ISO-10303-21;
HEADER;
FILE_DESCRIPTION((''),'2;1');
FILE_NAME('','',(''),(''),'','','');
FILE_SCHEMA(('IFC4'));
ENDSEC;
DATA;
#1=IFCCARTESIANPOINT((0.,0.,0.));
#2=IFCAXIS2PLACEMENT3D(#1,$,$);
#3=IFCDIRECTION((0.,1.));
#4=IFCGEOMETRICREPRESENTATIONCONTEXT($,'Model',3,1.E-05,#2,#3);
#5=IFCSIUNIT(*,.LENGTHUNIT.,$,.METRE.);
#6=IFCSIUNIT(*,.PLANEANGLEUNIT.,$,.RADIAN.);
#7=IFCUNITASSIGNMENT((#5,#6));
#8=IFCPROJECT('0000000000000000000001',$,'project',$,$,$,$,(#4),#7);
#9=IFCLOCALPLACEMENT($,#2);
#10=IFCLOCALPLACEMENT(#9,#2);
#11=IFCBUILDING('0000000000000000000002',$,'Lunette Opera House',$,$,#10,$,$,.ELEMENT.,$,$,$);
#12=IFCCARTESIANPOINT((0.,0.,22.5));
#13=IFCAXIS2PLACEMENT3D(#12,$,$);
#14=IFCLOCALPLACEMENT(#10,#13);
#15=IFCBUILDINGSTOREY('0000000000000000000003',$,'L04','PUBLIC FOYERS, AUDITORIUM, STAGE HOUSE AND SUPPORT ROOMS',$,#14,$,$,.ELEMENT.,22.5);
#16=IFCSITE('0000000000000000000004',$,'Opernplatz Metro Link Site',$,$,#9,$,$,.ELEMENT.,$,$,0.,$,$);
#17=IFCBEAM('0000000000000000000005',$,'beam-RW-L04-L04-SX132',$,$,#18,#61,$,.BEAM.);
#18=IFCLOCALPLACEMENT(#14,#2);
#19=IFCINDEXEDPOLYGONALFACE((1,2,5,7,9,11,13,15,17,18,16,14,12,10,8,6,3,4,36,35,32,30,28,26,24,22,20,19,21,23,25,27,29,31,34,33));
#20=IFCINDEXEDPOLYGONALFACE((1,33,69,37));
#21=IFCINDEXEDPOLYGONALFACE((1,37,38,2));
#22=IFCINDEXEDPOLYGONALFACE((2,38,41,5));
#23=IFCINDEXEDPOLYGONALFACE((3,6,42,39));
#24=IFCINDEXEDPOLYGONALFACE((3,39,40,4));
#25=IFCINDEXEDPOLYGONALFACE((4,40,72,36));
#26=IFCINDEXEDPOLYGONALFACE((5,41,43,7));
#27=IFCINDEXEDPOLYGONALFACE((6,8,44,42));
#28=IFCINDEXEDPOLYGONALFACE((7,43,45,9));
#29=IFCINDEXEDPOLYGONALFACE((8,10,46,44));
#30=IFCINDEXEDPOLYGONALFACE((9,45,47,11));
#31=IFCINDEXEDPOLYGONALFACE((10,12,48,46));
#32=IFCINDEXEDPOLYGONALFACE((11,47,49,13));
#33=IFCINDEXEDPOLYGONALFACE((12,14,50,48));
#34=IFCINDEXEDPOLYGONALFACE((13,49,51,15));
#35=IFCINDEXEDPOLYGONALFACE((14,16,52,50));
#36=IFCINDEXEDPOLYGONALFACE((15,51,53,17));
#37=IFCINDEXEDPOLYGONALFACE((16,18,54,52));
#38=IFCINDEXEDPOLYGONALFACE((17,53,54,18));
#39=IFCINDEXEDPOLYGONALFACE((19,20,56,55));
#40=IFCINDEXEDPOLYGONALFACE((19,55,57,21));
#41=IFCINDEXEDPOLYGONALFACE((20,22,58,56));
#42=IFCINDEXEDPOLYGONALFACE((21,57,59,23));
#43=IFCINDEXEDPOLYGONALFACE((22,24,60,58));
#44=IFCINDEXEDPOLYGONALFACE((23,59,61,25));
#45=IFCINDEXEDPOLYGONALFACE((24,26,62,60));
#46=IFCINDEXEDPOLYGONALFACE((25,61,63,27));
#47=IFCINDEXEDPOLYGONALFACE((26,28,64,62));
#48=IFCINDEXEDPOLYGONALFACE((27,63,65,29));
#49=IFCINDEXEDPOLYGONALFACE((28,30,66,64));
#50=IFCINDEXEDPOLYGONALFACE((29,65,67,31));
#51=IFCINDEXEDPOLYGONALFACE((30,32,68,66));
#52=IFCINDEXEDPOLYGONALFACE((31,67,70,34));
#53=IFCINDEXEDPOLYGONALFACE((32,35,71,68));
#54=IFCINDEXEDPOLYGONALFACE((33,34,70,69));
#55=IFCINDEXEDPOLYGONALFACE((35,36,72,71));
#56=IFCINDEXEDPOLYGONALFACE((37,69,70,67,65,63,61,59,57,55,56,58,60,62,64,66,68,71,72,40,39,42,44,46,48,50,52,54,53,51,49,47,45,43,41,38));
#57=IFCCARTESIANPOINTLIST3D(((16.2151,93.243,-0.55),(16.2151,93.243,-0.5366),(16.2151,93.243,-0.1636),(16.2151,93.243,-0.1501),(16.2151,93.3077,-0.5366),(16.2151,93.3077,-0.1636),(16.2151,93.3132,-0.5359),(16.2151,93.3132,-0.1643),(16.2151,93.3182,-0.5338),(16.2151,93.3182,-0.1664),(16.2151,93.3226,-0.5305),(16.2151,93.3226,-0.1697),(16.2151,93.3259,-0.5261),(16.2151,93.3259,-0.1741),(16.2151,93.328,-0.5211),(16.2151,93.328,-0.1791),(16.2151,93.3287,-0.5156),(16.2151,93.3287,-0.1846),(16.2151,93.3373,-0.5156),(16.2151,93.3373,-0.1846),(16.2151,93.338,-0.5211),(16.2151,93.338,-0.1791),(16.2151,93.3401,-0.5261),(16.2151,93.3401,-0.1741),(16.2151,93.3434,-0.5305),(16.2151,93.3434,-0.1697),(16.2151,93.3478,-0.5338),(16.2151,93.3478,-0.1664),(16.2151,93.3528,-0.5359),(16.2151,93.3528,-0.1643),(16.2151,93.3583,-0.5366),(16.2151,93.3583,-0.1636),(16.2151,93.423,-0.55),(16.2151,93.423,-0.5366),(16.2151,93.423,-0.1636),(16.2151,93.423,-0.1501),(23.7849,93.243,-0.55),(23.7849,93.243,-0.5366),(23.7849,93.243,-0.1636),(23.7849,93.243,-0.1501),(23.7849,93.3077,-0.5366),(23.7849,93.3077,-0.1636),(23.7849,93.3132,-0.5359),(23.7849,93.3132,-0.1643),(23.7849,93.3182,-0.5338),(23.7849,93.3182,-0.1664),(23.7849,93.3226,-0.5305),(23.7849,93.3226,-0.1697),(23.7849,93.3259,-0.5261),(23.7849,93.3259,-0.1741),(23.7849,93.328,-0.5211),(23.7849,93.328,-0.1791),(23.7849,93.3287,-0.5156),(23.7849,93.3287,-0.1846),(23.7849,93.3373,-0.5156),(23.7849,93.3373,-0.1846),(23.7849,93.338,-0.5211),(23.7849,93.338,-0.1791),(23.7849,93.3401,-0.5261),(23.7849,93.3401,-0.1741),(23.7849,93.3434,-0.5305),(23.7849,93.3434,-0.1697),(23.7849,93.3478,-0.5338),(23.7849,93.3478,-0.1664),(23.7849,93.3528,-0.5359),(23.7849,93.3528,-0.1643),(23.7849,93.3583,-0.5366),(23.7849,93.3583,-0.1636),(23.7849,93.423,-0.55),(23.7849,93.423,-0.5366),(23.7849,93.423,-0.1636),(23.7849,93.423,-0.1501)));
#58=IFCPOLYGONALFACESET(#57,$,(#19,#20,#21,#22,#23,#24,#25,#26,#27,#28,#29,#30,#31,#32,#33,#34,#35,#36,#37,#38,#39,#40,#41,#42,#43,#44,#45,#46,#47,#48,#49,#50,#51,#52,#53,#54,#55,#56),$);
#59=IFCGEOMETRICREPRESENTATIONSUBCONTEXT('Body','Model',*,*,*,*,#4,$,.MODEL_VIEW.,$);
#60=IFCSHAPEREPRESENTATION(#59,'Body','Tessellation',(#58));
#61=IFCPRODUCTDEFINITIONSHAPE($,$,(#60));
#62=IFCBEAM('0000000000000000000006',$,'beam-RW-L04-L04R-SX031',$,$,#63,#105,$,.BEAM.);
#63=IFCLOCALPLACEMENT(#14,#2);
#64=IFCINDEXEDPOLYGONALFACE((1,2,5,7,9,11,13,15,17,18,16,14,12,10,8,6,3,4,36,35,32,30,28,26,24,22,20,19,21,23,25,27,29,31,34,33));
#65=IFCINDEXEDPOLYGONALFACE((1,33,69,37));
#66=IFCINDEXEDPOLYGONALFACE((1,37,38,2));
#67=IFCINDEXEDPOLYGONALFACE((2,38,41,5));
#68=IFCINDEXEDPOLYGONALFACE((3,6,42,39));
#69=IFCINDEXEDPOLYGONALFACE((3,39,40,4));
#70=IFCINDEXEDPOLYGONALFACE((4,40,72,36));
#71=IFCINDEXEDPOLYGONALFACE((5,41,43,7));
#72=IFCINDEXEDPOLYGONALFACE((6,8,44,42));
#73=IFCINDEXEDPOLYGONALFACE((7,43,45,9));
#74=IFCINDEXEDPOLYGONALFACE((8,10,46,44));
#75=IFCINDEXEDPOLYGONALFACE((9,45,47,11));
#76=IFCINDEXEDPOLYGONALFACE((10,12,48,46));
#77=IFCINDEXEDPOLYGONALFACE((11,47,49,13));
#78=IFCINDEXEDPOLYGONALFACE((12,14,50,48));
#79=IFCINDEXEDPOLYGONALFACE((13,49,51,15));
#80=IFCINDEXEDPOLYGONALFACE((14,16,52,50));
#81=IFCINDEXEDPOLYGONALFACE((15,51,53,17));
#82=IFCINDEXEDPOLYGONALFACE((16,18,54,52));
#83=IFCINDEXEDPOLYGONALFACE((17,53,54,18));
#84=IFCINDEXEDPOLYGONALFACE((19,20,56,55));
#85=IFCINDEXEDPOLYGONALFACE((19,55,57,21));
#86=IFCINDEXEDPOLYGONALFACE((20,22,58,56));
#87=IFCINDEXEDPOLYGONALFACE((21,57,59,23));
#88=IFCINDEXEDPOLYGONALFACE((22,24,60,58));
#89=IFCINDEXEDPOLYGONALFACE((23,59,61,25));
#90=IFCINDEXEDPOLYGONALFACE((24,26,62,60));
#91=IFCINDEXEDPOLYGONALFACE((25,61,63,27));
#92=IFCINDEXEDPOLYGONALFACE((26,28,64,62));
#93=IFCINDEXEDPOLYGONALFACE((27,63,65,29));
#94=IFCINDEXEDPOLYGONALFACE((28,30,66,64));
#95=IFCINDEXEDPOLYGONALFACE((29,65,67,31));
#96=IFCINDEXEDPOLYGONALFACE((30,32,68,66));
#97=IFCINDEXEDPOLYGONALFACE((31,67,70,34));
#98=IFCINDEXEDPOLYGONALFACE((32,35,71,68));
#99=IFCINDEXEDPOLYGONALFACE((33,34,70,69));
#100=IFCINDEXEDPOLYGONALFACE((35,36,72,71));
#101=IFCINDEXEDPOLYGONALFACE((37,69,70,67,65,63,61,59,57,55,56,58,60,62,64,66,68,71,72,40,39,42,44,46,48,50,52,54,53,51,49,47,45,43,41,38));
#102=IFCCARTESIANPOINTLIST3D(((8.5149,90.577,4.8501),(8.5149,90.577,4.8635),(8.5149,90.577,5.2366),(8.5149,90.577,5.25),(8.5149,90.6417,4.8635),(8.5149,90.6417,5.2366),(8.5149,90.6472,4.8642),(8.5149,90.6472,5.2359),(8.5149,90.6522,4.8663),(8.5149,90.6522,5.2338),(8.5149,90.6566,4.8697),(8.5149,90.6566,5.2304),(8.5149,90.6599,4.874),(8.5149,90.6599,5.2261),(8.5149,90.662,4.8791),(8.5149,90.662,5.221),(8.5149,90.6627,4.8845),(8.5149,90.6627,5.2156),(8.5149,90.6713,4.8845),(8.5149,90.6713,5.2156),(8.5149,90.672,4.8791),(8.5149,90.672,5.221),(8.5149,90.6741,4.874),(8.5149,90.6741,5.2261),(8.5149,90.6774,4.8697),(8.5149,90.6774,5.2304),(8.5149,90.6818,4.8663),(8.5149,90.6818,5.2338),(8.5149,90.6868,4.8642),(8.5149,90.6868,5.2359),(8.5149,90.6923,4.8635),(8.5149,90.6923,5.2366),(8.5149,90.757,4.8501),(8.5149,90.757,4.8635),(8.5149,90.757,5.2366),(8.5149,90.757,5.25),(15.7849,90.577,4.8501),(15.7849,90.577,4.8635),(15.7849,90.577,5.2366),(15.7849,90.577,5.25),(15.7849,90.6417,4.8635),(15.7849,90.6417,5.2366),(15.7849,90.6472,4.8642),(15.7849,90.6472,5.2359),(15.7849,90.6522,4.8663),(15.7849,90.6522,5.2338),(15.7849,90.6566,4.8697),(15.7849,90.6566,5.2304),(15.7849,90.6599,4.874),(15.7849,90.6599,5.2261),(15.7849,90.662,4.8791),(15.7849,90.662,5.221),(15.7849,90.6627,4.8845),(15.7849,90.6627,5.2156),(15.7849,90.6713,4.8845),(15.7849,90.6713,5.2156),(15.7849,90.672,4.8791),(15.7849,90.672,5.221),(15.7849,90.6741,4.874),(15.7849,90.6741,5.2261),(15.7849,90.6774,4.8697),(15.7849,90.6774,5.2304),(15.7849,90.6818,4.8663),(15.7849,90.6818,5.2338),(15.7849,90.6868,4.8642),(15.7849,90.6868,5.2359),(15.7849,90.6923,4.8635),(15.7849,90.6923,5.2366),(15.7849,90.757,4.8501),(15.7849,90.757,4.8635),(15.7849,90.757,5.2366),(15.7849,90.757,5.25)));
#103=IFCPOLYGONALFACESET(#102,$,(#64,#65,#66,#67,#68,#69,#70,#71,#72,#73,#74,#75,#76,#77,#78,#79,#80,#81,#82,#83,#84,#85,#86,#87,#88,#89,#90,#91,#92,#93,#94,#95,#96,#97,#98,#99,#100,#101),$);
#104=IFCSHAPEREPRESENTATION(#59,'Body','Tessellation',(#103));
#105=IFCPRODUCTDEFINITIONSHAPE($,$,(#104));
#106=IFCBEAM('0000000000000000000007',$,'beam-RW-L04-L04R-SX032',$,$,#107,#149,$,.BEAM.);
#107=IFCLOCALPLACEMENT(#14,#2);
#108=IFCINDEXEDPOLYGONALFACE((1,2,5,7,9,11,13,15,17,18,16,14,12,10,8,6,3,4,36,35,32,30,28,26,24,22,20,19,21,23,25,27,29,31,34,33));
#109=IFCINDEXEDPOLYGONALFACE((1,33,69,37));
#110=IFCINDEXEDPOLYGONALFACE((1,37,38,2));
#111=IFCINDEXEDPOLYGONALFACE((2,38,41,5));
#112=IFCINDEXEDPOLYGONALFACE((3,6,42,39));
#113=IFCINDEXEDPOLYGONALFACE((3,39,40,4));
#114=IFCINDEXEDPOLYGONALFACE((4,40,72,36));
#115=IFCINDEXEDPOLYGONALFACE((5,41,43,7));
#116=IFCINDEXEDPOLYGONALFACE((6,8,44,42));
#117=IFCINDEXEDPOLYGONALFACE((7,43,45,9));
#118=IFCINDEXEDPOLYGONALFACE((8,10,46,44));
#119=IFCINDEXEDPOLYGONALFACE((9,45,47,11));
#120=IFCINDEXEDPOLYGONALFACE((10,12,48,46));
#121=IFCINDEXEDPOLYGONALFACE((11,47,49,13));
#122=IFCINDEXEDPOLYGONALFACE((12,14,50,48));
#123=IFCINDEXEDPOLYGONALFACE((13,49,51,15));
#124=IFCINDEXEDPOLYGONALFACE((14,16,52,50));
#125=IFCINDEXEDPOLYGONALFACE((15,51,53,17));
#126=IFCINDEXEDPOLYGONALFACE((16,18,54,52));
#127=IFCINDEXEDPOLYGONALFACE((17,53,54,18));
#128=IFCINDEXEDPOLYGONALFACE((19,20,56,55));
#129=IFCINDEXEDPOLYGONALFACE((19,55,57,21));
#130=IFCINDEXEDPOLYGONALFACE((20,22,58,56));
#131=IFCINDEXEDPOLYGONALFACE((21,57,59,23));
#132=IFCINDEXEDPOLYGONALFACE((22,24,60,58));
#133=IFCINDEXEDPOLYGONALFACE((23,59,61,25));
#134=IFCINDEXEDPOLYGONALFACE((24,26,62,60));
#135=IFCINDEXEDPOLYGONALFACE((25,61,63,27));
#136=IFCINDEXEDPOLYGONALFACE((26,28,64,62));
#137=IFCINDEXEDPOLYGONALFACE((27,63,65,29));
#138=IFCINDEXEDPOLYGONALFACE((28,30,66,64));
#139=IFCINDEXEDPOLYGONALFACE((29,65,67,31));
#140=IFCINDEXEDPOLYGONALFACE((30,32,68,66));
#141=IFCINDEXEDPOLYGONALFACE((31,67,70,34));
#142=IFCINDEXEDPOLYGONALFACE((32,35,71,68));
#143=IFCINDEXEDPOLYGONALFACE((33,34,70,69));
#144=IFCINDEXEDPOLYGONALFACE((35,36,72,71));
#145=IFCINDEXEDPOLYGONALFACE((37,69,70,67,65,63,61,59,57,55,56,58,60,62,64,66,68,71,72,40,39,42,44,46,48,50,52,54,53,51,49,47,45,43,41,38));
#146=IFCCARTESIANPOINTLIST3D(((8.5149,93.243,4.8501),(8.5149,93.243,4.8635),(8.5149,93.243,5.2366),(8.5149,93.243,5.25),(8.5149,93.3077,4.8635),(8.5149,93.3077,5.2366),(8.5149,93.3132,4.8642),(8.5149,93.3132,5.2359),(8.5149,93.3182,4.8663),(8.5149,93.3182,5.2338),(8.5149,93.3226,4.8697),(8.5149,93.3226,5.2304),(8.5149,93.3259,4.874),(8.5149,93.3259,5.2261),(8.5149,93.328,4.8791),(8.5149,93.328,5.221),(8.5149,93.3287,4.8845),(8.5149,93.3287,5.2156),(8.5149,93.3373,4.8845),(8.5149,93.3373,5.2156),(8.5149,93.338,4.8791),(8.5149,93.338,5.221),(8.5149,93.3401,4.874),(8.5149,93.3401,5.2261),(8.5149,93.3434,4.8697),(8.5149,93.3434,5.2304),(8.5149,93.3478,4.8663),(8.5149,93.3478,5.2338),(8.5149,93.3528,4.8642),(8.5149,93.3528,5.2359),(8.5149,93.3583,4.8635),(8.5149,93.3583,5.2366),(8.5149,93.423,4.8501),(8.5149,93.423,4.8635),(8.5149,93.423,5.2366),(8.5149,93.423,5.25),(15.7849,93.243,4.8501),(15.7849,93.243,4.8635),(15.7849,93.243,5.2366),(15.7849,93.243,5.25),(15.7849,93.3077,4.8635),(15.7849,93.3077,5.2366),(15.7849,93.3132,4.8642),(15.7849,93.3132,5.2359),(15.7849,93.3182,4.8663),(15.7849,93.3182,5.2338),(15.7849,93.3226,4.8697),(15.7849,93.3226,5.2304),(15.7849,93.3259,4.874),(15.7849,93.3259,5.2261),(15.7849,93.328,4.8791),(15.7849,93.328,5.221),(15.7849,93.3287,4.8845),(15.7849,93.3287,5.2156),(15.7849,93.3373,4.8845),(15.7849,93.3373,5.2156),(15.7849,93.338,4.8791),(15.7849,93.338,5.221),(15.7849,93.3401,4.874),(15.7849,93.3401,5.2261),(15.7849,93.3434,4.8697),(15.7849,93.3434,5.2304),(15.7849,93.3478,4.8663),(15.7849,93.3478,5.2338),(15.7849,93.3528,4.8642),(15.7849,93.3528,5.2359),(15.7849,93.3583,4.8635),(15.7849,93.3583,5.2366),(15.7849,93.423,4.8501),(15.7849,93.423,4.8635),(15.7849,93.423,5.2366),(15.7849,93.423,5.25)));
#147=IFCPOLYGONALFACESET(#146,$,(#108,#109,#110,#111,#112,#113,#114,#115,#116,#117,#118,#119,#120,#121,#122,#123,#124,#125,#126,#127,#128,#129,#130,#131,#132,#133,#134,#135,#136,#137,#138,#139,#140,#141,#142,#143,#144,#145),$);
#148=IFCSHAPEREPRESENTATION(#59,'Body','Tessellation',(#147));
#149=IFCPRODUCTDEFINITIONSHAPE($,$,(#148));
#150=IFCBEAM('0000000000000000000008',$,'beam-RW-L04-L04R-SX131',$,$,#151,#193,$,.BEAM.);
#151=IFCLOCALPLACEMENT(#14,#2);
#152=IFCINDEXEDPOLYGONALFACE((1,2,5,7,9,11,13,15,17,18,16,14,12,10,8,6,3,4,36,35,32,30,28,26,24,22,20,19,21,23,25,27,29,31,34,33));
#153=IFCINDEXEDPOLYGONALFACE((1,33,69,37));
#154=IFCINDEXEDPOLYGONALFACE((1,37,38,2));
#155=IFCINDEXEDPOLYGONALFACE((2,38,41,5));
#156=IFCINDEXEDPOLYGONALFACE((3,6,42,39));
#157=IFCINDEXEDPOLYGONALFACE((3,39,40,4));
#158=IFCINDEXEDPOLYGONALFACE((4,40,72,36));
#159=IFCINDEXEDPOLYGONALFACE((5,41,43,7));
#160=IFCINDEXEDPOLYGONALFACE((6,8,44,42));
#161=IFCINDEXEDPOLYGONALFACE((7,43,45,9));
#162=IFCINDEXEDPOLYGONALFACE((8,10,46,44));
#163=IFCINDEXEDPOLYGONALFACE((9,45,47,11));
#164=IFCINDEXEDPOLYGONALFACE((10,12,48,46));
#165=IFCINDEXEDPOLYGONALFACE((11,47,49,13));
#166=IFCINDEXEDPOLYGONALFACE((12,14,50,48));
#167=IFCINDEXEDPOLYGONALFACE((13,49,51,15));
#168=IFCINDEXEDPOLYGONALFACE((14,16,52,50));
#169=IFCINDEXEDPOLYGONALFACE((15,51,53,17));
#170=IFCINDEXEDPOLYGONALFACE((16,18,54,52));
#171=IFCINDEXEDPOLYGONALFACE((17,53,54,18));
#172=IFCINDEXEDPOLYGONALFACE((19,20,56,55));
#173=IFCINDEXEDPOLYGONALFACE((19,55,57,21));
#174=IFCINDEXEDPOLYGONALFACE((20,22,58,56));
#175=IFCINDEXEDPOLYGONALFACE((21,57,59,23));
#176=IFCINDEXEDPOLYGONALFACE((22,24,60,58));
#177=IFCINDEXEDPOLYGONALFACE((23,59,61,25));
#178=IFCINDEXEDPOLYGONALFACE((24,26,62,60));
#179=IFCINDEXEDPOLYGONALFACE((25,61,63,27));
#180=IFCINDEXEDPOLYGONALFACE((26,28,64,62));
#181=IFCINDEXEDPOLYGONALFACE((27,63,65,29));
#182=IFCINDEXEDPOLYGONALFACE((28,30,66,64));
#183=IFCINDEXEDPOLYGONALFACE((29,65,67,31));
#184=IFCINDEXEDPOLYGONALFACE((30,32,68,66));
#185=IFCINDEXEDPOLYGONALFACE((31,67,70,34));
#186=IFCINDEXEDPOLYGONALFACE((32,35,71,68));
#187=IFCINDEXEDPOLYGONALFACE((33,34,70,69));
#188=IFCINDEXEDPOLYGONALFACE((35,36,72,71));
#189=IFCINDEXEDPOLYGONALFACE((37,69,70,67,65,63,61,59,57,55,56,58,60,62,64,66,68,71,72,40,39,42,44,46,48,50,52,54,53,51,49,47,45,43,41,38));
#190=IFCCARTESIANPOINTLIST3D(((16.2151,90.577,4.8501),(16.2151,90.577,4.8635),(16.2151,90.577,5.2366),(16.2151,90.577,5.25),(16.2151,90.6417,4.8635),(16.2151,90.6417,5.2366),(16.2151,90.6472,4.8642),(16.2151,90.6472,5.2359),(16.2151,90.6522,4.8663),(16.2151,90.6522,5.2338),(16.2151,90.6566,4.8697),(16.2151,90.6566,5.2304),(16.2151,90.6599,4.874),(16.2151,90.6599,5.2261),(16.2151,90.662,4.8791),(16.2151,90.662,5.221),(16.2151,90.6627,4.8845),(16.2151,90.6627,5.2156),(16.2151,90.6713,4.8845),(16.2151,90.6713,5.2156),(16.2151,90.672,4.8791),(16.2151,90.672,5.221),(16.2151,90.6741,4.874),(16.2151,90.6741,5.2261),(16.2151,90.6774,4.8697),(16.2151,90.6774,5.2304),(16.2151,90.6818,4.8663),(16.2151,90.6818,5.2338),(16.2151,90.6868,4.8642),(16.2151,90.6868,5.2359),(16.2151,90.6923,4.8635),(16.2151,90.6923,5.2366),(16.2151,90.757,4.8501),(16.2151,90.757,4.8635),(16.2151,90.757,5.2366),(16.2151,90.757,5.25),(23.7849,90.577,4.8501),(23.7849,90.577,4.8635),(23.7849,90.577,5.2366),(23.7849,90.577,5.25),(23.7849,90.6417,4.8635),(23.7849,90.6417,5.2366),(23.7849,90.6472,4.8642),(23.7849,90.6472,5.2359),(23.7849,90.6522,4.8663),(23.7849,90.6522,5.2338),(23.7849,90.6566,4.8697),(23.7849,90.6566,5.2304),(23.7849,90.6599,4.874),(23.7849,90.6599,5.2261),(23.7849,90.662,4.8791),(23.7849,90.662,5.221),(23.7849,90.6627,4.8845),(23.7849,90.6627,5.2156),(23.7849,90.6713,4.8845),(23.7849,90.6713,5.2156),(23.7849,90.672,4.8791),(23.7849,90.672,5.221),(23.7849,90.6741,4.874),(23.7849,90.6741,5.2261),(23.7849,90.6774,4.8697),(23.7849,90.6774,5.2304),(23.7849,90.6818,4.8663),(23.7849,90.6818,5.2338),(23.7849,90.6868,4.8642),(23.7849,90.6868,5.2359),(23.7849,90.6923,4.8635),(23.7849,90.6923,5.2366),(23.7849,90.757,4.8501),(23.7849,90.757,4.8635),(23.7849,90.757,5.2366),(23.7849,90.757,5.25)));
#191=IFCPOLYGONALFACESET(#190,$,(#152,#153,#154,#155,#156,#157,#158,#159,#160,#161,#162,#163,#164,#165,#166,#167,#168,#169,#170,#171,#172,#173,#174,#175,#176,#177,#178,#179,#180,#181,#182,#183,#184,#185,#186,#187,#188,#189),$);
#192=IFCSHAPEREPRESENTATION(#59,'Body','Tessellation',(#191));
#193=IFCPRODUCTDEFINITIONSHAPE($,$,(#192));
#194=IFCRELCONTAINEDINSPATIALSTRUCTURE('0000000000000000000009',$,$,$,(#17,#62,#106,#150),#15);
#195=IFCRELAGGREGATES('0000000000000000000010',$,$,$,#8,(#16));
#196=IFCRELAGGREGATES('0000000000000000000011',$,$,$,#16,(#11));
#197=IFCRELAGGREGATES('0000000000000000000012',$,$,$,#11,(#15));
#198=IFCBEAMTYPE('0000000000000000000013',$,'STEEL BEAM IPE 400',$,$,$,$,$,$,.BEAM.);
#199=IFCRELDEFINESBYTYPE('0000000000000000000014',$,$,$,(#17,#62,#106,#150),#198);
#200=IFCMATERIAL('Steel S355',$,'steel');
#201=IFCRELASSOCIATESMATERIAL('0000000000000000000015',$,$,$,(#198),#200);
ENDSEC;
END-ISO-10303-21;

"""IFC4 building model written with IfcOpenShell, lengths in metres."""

from ifc_helpers import new_model, si_unit, direction, frame, origin, origin_2d, place, context, subcontext, project, spatial, i_section, extrude, material, material_profile, profile_set, type_object, element, save


model = new_model("IFC4")

# Units and contexts
model_context = context("Model", 3, precision=1e-05, world=origin(), true_north=direction((0.0, 1.0)))
body_context = subcontext(model_context, "Body", "Model", "MODEL_VIEW")
ifc_project = project(units=[si_unit("LENGTHUNIT", "METRE"), si_unit("PLANEANGLEUNIT", "RADIAN")], contexts=[model_context])

# Site, building, storey
site_placement = place(None, origin())
site = spatial("IfcSite", under=ifc_project, at=site_placement, Name="Opernplatz Metro Link Site", CompositionType="ELEMENT", RefElevation=0.0)
building_placement = place(site_placement, origin())
building = spatial("IfcBuilding", under=site, at=building_placement, Name="Lunette Opera House", CompositionType="ELEMENT")
storey_placement = place(building_placement, frame((0.0, 0.0, 22.5)))
storey = spatial("IfcBuildingStorey", under=building, at=storey_placement, Name="L04", Description="PUBLIC FOYERS, AUDITORIUM, STAGE HOUSE AND SUPPORT ROOMS", CompositionType="ELEMENT", Elevation=22.5)

# Beams
ifc_material_1 = material(Name="Steel S355", Category="steel")
ifc_material_profile_1 = material_profile(ifc_material_1, i_section(OverallWidth=0.1799, OverallDepth=0.3999, WebThickness=0.0085, FlangeThickness=0.0134, FilletRadius=0.021, at=origin_2d()), Name="IPE 400")
ifc_profile_set_1 = profile_set([ifc_material_profile_1], Name="Steel S355")
beam_type = type_object("IfcBeamType", Name="STEEL BEAM IPE 400", PredefinedType="BEAM", material=ifc_profile_set_1)
for number, where, z_axis, x_axis, name in (
    (1, (16.2151, 93.333, -0.3501), (1.0, 0.0, 0.0), (0.0, 1.0, 0.0), "beam-RW-L04-L04-SX132"),
):
    element("IfcBeam", number, at=place(storey_placement, frame(where, z_axis=z_axis, x_axis=x_axis)), inside=storey, type_object=beam_type, Name=name, PredefinedType="BEAM", context=body_context, shape_type="SweptSolid", body=[
        extrude(i_section(OverallWidth=0.1799, OverallDepth=0.3999, WebThickness=0.0085, FlangeThickness=0.0134, FilletRadius=0.021, at=origin_2d()), origin(), (0.0, 0.0, 1.0), 7.5698),
    ])
for number, where, z_axis, x_axis, name in (
    (2, (8.5149, 90.667, 5.05), (1.0, 0.0, 0.0), (0.0, 1.0, 0.0), "beam-RW-L04-L04R-SX031"),
    (3, (8.5149, 93.333, 5.05), (1.0, 0.0, 0.0), (0.0, 1.0, 0.0), "beam-RW-L04-L04R-SX032"),
):
    element("IfcBeam", number, at=place(storey_placement, frame(where, z_axis=z_axis, x_axis=x_axis)), inside=storey, type_object=beam_type, Name=name, PredefinedType="BEAM", context=body_context, shape_type="SweptSolid", body=[
        extrude(i_section(OverallWidth=0.1799, OverallDepth=0.3999, WebThickness=0.0085, FlangeThickness=0.0134, FilletRadius=0.021, at=origin_2d()), origin(), (0.0, 0.0, 1.0), 7.27),
    ])
for number, where, z_axis, x_axis, name in (
    (4, (16.2151, 90.667, 5.05), (1.0, 0.0, 0.0), (0.0, 1.0, 0.0), "beam-RW-L04-L04R-SX131"),
):
    element("IfcBeam", number, at=place(storey_placement, frame(where, z_axis=z_axis, x_axis=x_axis)), inside=storey, type_object=beam_type, Name=name, PredefinedType="BEAM", context=body_context, shape_type="SweptSolid", body=[
        extrude(i_section(OverallWidth=0.1799, OverallDepth=0.3999, WebThickness=0.0085, FlangeThickness=0.0134, FilletRadius=0.021, at=origin_2d()), origin(), (0.0, 0.0, 1.0), 7.5698),
    ])

save(model, "model.ifc")
